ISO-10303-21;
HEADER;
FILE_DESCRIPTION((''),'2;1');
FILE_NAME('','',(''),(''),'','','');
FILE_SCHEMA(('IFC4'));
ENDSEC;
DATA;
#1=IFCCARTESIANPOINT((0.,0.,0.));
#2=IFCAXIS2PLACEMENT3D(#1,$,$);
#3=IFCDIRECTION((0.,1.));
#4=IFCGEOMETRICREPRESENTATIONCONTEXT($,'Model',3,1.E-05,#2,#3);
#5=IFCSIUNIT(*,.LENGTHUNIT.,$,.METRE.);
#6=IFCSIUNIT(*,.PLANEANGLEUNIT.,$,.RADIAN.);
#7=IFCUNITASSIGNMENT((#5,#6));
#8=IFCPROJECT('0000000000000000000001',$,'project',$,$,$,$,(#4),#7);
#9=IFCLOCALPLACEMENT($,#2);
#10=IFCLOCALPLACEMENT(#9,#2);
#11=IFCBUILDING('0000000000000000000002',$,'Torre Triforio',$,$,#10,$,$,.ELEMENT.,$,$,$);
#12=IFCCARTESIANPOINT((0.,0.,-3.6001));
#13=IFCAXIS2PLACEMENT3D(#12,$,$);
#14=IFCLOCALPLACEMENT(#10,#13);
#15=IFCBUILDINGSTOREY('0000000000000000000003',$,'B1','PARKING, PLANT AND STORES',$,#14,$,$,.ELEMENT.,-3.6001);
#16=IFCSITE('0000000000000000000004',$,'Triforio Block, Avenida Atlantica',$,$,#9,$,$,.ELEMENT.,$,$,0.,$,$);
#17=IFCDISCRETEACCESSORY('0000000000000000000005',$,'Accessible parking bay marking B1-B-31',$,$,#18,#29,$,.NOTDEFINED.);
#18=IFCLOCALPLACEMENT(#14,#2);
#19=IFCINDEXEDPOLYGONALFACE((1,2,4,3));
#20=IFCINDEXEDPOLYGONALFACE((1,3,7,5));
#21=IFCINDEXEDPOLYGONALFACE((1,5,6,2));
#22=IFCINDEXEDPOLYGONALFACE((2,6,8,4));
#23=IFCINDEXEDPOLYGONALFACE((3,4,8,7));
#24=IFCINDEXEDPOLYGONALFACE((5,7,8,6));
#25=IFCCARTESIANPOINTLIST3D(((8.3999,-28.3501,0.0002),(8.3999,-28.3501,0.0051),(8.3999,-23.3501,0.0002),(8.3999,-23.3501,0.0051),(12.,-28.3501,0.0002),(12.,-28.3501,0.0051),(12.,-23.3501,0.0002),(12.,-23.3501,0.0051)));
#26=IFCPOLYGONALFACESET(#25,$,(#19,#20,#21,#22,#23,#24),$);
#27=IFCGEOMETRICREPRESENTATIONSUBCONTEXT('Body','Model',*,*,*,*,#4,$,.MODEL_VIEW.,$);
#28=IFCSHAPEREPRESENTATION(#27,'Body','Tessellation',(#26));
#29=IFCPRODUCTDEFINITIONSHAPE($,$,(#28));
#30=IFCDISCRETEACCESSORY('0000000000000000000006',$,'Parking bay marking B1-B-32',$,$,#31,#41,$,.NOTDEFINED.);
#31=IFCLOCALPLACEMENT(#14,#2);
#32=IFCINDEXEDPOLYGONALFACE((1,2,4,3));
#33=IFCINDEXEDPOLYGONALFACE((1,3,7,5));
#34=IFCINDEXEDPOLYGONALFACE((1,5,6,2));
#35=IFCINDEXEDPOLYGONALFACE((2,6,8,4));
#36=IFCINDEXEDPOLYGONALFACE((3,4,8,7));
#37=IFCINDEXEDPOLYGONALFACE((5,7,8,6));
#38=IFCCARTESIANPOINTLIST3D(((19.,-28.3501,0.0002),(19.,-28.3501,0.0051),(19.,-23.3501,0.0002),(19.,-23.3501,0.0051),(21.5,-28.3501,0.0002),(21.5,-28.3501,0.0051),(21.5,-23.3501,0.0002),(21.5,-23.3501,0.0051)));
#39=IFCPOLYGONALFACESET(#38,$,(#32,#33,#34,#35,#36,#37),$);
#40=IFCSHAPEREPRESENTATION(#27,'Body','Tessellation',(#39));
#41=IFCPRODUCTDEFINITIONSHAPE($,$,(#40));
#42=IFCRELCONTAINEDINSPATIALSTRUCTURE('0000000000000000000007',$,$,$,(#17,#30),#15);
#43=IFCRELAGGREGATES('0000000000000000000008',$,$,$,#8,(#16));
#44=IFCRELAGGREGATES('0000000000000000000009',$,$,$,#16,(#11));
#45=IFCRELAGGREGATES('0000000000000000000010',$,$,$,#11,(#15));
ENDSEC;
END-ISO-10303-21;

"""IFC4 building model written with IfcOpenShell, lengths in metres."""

from ifc_helpers import new_model, si_unit, direction, frame, origin, origin_2d, place, context, subcontext, project, spatial, rectangle, extrude, element, save


model = new_model("IFC4")

# Units and contexts
model_context = context("Model", 3, precision=1e-05, world=origin(), true_north=direction((0.0, 1.0)))
body_context = subcontext(model_context, "Body", "Model", "MODEL_VIEW")
ifc_project = project(units=[si_unit("LENGTHUNIT", "METRE"), si_unit("PLANEANGLEUNIT", "RADIAN")], contexts=[model_context])

# Site, building, storey
site_placement = place(None, origin())
site = spatial("IfcSite", under=ifc_project, at=site_placement, Name="Triforio Block, Avenida Atlantica", CompositionType="ELEMENT", RefElevation=0.0)
building_placement = place(site_placement, origin())
building = spatial("IfcBuilding", under=site, at=building_placement, Name="Torre Triforio", CompositionType="ELEMENT")
storey_placement = place(building_placement, frame((0.0, 0.0, -3.6001)))
storey = spatial("IfcBuildingStorey", under=building, at=storey_placement, Name="B1", Description="PARKING, PLANT AND STORES", CompositionType="ELEMENT", Elevation=-3.6001)

# Discrete accessories
for number, where, z_axis, x_axis, name in (
    (1, (10.2, -25.8501, 0.0002), (0.0, 0.0, 1.0), (1.0, 0.0, 0.0), "Accessible parking bay marking B1-B-31"),
):
    element("IfcDiscreteAccessory", number, at=place(storey_placement, frame(where, z_axis=z_axis, x_axis=x_axis)), inside=storey, Name=name, PredefinedType="NOTDEFINED", context=body_context, shape_type="SweptSolid", body=[
        extrude(rectangle(XDim=3.6001, YDim=5.0, at=origin_2d()), origin(), (0.0, 0.0, 1.0), 0.0049),
    ])
discrete_accessory_placement = place(storey_placement, frame((20.25, -25.8501, 0.0002), z_axis=(0.0, 0.0, 1.0), x_axis=(1.0, 0.0, 0.0)))
element("IfcDiscreteAccessory", 2, at=discrete_accessory_placement, inside=storey, Name="Parking bay marking B1-B-32", PredefinedType="NOTDEFINED", context=body_context, shape_type="SweptSolid", body=[
    extrude(rectangle(XDim=2.5, YDim=5.0, at=origin_2d()), origin(), (0.0, 0.0, 1.0), 0.0049),
])

save(model, "model.ifc")
